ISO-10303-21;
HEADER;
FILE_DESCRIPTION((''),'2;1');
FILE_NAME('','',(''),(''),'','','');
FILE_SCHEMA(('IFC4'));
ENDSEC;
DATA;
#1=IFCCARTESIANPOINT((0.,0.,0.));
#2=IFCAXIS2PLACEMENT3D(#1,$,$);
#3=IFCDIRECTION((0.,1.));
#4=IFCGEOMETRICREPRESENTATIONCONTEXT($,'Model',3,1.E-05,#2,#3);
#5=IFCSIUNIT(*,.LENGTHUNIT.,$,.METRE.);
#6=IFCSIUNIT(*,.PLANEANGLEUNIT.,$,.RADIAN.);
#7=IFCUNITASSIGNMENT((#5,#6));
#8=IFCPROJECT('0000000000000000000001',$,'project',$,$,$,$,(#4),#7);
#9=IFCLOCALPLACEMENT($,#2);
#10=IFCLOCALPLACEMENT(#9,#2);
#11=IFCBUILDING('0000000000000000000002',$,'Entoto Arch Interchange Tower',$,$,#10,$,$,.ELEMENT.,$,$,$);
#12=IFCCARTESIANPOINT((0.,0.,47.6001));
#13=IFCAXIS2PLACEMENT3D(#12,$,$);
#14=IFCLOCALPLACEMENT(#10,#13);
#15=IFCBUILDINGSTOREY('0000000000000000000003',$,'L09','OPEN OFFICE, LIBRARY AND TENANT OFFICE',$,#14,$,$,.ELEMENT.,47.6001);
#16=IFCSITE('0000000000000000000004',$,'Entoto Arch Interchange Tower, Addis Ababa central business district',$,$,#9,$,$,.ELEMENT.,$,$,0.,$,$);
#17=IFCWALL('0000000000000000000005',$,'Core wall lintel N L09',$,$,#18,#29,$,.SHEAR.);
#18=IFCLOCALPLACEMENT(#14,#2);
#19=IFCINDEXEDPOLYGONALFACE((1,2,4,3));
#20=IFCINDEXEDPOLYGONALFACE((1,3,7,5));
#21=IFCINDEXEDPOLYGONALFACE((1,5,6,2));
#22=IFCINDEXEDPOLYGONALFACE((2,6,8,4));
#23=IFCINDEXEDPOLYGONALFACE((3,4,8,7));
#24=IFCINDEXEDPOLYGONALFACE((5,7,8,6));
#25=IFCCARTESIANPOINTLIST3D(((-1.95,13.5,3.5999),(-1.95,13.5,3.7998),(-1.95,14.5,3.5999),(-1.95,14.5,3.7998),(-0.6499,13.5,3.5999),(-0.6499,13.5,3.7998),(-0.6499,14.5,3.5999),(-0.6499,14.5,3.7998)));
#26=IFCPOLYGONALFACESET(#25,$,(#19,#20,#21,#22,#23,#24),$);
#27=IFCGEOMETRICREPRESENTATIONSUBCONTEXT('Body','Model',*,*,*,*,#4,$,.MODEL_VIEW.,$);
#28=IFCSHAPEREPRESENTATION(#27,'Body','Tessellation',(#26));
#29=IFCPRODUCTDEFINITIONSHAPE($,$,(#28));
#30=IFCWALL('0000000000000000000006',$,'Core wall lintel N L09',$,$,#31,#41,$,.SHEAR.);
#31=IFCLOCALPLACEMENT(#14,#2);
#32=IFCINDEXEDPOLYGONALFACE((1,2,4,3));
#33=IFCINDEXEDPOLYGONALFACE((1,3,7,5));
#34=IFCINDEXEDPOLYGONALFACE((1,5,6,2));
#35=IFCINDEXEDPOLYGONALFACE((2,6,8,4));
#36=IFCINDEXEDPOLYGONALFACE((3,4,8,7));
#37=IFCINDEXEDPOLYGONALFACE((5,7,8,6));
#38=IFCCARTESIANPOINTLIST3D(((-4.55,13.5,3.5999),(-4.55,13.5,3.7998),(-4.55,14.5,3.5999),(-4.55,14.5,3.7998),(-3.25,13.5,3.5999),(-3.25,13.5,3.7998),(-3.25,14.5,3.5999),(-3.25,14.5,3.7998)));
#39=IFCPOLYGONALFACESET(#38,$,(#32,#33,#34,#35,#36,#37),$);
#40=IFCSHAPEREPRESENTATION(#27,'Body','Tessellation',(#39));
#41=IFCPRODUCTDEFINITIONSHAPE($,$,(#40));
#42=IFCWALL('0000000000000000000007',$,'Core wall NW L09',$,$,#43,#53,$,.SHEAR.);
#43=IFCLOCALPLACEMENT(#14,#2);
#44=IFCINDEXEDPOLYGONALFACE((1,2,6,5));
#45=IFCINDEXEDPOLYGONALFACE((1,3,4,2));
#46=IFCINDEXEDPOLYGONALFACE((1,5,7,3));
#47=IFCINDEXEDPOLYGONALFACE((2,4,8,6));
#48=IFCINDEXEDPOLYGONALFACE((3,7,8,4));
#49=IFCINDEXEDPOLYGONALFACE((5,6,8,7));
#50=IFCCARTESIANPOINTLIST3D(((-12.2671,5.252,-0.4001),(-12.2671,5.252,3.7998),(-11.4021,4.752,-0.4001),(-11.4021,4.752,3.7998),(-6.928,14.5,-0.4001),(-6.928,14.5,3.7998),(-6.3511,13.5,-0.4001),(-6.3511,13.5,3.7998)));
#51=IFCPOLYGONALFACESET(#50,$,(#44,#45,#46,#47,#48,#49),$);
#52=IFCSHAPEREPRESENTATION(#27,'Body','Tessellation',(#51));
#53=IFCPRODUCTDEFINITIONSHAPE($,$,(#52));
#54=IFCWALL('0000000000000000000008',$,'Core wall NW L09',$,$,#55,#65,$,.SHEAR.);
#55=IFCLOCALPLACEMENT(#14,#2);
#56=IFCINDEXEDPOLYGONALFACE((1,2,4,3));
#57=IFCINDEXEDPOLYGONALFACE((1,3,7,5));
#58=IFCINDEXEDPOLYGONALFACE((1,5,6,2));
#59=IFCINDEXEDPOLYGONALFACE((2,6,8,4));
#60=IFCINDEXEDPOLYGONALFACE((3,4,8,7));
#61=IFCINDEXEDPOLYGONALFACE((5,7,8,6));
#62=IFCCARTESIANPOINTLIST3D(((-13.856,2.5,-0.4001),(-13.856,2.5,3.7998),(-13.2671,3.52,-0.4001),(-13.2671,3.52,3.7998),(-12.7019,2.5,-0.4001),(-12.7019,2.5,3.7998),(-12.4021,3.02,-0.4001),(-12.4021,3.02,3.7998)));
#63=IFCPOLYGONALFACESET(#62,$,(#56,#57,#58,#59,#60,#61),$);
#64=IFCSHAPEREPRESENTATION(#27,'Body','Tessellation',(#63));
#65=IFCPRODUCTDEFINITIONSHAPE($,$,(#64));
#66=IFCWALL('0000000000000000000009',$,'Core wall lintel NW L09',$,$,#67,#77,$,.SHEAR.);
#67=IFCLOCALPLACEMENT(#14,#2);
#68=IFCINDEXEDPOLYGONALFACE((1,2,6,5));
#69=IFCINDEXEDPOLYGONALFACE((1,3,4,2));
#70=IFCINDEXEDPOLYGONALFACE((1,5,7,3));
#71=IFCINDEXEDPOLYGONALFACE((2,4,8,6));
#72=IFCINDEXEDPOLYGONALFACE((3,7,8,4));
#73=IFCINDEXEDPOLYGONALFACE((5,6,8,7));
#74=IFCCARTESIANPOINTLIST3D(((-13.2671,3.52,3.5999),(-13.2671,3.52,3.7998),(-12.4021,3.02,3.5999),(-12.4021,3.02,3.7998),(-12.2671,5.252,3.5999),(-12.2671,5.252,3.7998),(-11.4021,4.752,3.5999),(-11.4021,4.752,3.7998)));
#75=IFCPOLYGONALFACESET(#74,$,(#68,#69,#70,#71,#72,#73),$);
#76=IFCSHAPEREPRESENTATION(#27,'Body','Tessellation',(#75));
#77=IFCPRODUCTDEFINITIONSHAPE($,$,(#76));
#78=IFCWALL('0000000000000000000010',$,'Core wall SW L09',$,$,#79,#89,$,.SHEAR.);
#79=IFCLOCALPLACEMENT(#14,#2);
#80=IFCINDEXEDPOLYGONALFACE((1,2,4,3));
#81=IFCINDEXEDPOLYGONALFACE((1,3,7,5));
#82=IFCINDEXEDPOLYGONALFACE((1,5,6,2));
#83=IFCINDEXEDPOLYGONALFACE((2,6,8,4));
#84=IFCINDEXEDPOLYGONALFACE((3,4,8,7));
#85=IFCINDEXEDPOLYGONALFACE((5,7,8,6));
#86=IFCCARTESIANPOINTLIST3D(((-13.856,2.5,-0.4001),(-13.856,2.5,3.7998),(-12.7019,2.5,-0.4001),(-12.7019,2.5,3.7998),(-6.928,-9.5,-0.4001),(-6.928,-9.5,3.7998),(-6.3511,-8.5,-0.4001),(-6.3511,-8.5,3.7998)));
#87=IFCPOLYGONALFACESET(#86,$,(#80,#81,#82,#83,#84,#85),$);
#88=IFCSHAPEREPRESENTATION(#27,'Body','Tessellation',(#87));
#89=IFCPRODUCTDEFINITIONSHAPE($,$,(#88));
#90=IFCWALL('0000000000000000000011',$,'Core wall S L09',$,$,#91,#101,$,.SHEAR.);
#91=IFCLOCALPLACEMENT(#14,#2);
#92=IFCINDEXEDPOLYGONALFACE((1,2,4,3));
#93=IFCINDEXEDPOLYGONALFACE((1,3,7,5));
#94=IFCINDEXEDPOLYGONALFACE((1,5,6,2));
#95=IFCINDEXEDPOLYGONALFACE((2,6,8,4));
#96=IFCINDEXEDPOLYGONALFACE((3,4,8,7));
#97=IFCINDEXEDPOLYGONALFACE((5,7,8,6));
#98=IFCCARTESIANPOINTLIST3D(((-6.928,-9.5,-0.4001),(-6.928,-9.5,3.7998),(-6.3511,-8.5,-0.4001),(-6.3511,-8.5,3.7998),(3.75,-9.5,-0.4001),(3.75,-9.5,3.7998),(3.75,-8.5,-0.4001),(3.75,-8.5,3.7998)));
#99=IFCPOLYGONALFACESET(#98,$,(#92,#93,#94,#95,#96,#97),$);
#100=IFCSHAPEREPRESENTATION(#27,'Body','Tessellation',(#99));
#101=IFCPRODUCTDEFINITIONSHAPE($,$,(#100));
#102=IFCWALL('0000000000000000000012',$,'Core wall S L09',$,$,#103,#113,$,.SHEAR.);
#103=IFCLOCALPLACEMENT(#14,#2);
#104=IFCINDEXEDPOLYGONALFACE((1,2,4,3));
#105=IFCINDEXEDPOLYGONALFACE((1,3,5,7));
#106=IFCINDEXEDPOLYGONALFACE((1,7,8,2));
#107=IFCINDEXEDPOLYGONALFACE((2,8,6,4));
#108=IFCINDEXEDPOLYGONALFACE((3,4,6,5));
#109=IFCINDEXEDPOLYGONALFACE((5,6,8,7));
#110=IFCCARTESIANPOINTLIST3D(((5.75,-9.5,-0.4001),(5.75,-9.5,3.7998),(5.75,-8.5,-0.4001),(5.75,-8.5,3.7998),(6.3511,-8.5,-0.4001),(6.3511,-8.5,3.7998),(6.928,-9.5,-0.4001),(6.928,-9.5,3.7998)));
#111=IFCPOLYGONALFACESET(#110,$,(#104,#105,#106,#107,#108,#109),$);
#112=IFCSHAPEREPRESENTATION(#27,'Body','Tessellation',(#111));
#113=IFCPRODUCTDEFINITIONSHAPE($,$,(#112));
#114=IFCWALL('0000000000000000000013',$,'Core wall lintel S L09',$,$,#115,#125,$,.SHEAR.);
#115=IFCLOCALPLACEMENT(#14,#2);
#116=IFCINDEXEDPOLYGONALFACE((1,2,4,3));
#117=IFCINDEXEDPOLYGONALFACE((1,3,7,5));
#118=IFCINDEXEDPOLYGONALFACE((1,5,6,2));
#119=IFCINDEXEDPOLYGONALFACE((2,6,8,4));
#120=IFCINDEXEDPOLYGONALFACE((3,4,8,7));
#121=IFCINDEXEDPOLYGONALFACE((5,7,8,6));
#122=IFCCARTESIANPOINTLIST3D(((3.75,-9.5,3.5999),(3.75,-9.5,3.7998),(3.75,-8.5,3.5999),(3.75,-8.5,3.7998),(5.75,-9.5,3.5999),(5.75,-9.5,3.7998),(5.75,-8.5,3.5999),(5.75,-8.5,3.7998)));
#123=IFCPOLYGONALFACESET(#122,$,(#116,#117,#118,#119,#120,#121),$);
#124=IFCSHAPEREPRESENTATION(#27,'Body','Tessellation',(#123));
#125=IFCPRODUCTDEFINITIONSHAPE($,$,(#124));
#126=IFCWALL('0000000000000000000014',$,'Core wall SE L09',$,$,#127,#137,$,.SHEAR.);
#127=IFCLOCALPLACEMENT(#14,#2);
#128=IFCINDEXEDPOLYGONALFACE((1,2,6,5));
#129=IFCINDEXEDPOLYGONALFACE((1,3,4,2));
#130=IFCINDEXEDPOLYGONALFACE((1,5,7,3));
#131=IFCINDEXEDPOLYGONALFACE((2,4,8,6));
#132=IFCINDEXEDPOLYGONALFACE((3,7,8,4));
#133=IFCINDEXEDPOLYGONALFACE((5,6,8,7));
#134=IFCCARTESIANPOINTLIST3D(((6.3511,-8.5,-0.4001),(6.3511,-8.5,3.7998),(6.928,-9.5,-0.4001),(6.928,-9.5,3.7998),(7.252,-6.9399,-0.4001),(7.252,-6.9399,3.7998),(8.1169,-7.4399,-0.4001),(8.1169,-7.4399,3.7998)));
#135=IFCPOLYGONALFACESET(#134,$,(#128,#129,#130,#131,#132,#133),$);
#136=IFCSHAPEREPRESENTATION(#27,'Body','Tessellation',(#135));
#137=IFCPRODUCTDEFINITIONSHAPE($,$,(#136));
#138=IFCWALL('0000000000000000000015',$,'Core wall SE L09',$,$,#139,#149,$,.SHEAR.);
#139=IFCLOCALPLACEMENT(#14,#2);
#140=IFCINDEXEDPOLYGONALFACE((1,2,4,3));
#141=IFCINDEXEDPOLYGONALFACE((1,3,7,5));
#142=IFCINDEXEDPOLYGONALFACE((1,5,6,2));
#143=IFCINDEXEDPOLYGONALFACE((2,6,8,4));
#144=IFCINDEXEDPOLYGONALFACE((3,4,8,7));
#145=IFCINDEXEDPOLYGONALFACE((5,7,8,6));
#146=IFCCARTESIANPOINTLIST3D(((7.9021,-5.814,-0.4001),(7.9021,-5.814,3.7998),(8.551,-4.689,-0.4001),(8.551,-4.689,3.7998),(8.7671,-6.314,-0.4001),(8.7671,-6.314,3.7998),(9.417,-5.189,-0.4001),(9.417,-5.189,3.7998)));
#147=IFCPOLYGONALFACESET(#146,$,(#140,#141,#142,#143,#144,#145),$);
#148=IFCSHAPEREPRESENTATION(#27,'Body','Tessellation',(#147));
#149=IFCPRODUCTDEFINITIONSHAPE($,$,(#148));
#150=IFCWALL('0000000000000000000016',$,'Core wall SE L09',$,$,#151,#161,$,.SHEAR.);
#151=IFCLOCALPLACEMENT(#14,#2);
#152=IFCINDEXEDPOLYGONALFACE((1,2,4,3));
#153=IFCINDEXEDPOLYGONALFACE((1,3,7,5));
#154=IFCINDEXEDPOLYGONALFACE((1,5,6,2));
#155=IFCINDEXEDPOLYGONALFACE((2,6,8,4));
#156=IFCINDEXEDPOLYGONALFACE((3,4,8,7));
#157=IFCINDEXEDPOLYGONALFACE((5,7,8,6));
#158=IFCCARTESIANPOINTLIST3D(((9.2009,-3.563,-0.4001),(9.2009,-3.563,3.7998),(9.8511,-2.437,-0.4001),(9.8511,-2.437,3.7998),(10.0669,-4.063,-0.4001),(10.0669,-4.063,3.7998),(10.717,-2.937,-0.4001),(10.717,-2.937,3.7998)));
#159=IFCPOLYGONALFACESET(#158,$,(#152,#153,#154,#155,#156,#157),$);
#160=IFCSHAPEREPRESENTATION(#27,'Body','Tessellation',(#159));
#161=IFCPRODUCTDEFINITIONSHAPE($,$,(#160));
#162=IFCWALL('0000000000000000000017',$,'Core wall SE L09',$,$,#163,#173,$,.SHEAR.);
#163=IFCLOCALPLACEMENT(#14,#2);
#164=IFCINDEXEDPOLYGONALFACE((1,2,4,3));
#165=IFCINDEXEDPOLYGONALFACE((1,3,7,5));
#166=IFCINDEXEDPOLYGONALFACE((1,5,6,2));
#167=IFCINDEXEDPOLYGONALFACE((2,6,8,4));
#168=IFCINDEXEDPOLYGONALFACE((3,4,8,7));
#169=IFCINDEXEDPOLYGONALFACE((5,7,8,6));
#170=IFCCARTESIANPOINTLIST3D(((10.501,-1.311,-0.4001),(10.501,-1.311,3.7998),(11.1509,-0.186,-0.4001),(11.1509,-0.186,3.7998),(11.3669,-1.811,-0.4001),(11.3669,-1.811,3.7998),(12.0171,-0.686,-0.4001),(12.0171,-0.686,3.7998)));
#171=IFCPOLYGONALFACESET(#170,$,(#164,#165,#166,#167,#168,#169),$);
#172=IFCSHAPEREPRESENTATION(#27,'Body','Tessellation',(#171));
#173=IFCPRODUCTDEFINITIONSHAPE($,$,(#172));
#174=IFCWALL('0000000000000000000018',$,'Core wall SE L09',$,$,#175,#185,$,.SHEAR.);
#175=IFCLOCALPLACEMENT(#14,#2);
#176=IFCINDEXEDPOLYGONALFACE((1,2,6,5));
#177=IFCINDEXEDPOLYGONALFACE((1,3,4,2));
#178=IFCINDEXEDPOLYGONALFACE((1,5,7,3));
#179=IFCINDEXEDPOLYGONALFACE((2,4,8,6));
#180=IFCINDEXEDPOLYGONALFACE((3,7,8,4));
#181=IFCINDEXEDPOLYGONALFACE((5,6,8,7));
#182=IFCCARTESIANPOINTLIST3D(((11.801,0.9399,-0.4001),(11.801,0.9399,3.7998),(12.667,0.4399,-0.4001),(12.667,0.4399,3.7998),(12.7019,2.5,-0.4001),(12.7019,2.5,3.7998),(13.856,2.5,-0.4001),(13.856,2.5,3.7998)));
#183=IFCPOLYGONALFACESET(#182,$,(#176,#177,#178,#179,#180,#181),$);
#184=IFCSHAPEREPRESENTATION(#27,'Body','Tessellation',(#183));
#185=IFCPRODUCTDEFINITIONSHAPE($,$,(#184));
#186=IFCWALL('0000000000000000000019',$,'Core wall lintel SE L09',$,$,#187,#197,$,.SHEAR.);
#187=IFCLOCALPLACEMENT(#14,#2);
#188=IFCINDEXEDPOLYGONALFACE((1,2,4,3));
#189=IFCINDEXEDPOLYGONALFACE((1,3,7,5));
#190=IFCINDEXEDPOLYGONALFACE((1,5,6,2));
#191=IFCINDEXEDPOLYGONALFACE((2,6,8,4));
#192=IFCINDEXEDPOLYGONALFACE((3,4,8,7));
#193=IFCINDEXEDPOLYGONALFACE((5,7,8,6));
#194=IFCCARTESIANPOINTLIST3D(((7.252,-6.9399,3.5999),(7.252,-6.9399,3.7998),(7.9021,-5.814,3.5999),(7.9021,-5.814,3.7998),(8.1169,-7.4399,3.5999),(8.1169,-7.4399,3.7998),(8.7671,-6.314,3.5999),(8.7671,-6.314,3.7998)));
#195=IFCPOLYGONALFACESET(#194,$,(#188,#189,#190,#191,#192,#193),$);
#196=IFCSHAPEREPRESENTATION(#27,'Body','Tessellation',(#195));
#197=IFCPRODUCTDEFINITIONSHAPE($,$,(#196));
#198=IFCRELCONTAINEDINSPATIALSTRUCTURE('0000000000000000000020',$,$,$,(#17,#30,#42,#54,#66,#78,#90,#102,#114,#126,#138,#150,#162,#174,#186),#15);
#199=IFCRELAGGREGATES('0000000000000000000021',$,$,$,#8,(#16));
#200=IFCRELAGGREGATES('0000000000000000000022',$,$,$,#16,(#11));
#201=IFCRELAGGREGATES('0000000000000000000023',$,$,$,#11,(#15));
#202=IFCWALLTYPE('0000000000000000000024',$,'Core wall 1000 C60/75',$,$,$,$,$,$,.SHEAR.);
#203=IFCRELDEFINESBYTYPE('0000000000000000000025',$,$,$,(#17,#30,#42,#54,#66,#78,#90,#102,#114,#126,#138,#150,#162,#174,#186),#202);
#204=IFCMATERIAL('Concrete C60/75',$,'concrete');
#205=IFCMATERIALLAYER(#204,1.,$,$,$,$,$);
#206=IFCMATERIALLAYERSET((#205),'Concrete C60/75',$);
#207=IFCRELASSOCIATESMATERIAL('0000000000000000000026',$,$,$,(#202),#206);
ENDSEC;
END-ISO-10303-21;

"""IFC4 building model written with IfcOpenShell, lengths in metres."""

from ifc_helpers import new_model, si_unit, direction, frame, origin, place, context, subcontext, project, spatial, polyline, outline, extrude, material, layer, layer_set, type_object, element, save


model = new_model("IFC4")

# Units and contexts
model_context = context("Model", 3, precision=1e-05, world=origin(), true_north=direction((0.0, 1.0)))
body_context = subcontext(model_context, "Body", "Model", "MODEL_VIEW")
ifc_project = project(units=[si_unit("LENGTHUNIT", "METRE"), si_unit("PLANEANGLEUNIT", "RADIAN")], contexts=[model_context])

# Site, building, storey
site_placement = place(None, origin())
site = spatial("IfcSite", under=ifc_project, at=site_placement, Name="Entoto Arch Interchange Tower, Addis Ababa central business district", CompositionType="ELEMENT", RefElevation=0.0)
building_placement = place(site_placement, origin())
building = spatial("IfcBuilding", under=site, at=building_placement, Name="Entoto Arch Interchange Tower", CompositionType="ELEMENT")
storey_placement = place(building_placement, frame((0.0, 0.0, 47.6001)))
storey = spatial("IfcBuildingStorey", under=building, at=storey_placement, Name="L09", Description="OPEN OFFICE, LIBRARY AND TENANT OFFICE", CompositionType="ELEMENT", Elevation=47.6001)

# Walls
ifc_material_1 = material(Name="Concrete C60/75", Category="concrete")
ifc_layer_1 = layer(ifc_material_1, 1.0)
ifc_layer_set_1 = layer_set([ifc_layer_1], Name="Concrete C60/75")
wall_type_1 = type_object("IfcWallType", Name="Core wall 1000 C60/75", PredefinedType="SHEAR", material=ifc_layer_set_1)
wall_1_placement = place(storey_placement, frame((0.0, 0.0, 3.5999)))
element("IfcWall", 1, at=wall_1_placement, inside=storey, type_object=wall_type_1, Name="Core wall lintel N L09", PredefinedType="SHEAR", context=body_context, shape_type="SweptSolid", body=[
    extrude(outline(polyline([(-1.95, 14.5), (-1.95, 13.5), (-0.6499, 13.5), (-0.6499, 14.5), (-1.95, 14.5)])), origin(), (0.0, 0.0, 1.0), 0.2),
])
wall_2_placement = place(storey_placement, frame((0.0, 0.0, 3.5999)))
element("IfcWall", 2, at=wall_2_placement, inside=storey, type_object=wall_type_1, Name="Core wall lintel N L09", PredefinedType="SHEAR", context=body_context, shape_type="SweptSolid", body=[
    extrude(outline(polyline([(-4.55, 14.5), (-4.55, 13.5), (-3.25, 13.5), (-3.25, 14.5), (-4.55, 14.5)])), origin(), (0.0, 0.0, 1.0), 0.2),
])
wall_3_placement = place(storey_placement, frame((0.0, 0.0, -0.4001)))
element("IfcWall", 3, at=wall_3_placement, inside=storey, type_object=wall_type_1, Name="Core wall NW L09", PredefinedType="SHEAR", context=body_context, shape_type="SweptSolid", body=[
    extrude(outline(polyline([(-12.2671, 5.252), (-11.4021, 4.752), (-6.3511, 13.5), (-6.928, 14.5), (-12.2671, 5.252)])), origin(), (0.0, 0.0, 1.0), 4.2),
])
wall_4_placement = place(storey_placement, frame((0.0, 0.0, -0.4001)))
element("IfcWall", 4, at=wall_4_placement, inside=storey, type_object=wall_type_1, Name="Core wall NW L09", PredefinedType="SHEAR", context=body_context, shape_type="SweptSolid", body=[
    extrude(outline(polyline([(-12.4021, 3.02), (-13.2671, 3.52), (-13.856, 2.5), (-12.7019, 2.5), (-12.4021, 3.02)])), origin(), (0.0, 0.0, 1.0), 4.2),
])
wall_5_placement = place(storey_placement, frame((0.0, 0.0, 3.5999)))
element("IfcWall", 5, at=wall_5_placement, inside=storey, type_object=wall_type_1, Name="Core wall lintel NW L09", PredefinedType="SHEAR", context=body_context, shape_type="SweptSolid", body=[
    extrude(outline(polyline([(-13.2671, 3.52), (-12.4021, 3.02), (-11.4021, 4.752), (-12.2671, 5.252), (-13.2671, 3.52)])), origin(), (0.0, 0.0, 1.0), 0.2),
])
wall_6_placement = place(storey_placement, frame((0.0, 0.0, -0.4001)))
element("IfcWall", 6, at=wall_6_placement, inside=storey, type_object=wall_type_1, Name="Core wall SW L09", PredefinedType="SHEAR", context=body_context, shape_type="SweptSolid", body=[
    extrude(outline(polyline([(-13.856, 2.5), (-6.928, -9.5), (-6.3511, -8.5), (-12.7019, 2.5), (-13.856, 2.5)])), origin(), (0.0, 0.0, 1.0), 4.2),
])
wall_7_placement = place(storey_placement, frame((0.0, 0.0, -0.4001)))
element("IfcWall", 7, at=wall_7_placement, inside=storey, type_object=wall_type_1, Name="Core wall S L09", PredefinedType="SHEAR", context=body_context, shape_type="SweptSolid", body=[
    extrude(outline(polyline([(3.75, -9.5), (3.75, -8.5), (-6.3511, -8.5), (-6.928, -9.5), (3.75, -9.5)])), origin(), (0.0, 0.0, 1.0), 4.2),
])
wall_8_placement = place(storey_placement, frame((0.0, 0.0, -0.4001)))
element("IfcWall", 8, at=wall_8_placement, inside=storey, type_object=wall_type_1, Name="Core wall S L09", PredefinedType="SHEAR", context=body_context, shape_type="SweptSolid", body=[
    extrude(outline(polyline([(5.75, -8.5), (5.75, -9.5), (6.928, -9.5), (6.3511, -8.5), (5.75, -8.5)])), origin(), (0.0, 0.0, 1.0), 4.2),
])
wall_9_placement = place(storey_placement, frame((0.0, 0.0, 3.5999)))
element("IfcWall", 9, at=wall_9_placement, inside=storey, type_object=wall_type_1, Name="Core wall lintel S L09", PredefinedType="SHEAR", context=body_context, shape_type="SweptSolid", body=[
    extrude(outline(polyline([(5.75, -9.5), (5.75, -8.5), (3.75, -8.5), (3.75, -9.5), (5.75, -9.5)])), origin(), (0.0, 0.0, 1.0), 0.2),
])
wall_10_placement = place(storey_placement, frame((0.0, 0.0, -0.4001)))
element("IfcWall", 10, at=wall_10_placement, inside=storey, type_object=wall_type_1, Name="Core wall SE L09", PredefinedType="SHEAR", context=body_context, shape_type="SweptSolid", body=[
    extrude(outline(polyline([(8.1169, -7.4399), (7.252, -6.9399), (6.3511, -8.5), (6.928, -9.5), (8.1169, -7.4399)])), origin(), (0.0, 0.0, 1.0), 4.2),
])
wall_11_placement = place(storey_placement, frame((0.0, 0.0, -0.4001)))
element("IfcWall", 11, at=wall_11_placement, inside=storey, type_object=wall_type_1, Name="Core wall SE L09", PredefinedType="SHEAR", context=body_context, shape_type="SweptSolid", body=[
    extrude(outline(polyline([(9.417, -5.189), (8.551, -4.689), (7.9021, -5.814), (8.7671, -6.314), (9.417, -5.189)])), origin(), (0.0, 0.0, 1.0), 4.2),
])
wall_12_placement = place(storey_placement, frame((0.0, 0.0, -0.4001)))
element("IfcWall", 12, at=wall_12_placement, inside=storey, type_object=wall_type_1, Name="Core wall SE L09", PredefinedType="SHEAR", context=body_context, shape_type="SweptSolid", body=[
    extrude(outline(polyline([(10.717, -2.937), (9.8511, -2.437), (9.2009, -3.563), (10.0669, -4.063), (10.717, -2.937)])), origin(), (0.0, 0.0, 1.0), 4.2),
])
wall_13_placement = place(storey_placement, frame((0.0, 0.0, -0.4001)))
element("IfcWall", 13, at=wall_13_placement, inside=storey, type_object=wall_type_1, Name="Core wall SE L09", PredefinedType="SHEAR", context=body_context, shape_type="SweptSolid", body=[
    extrude(outline(polyline([(12.0171, -0.686), (11.1509, -0.186), (10.501, -1.311), (11.3669, -1.811), (12.0171, -0.686)])), origin(), (0.0, 0.0, 1.0), 4.2),
])
wall_14_placement = place(storey_placement, frame((0.0, 0.0, -0.4001)))
element("IfcWall", 14, at=wall_14_placement, inside=storey, type_object=wall_type_1, Name="Core wall SE L09", PredefinedType="SHEAR", context=body_context, shape_type="SweptSolid", body=[
    extrude(outline(polyline([(11.801, 0.9399), (12.667, 0.4399), (13.856, 2.5), (12.7019, 2.5), (11.801, 0.9399)])), origin(), (0.0, 0.0, 1.0), 4.2),
])
wall_15_placement = place(storey_placement, frame((0.0, 0.0, 3.5999)))
element("IfcWall", 15, at=wall_15_placement, inside=storey, type_object=wall_type_1, Name="Core wall lintel SE L09", PredefinedType="SHEAR", context=body_context, shape_type="SweptSolid", body=[
    extrude(outline(polyline([(8.7671, -6.314), (7.9021, -5.814), (7.252, -6.9399), (8.1169, -7.4399), (8.7671, -6.314)])), origin(), (0.0, 0.0, 1.0), 0.2),
])

save(model, "model.ifc")
